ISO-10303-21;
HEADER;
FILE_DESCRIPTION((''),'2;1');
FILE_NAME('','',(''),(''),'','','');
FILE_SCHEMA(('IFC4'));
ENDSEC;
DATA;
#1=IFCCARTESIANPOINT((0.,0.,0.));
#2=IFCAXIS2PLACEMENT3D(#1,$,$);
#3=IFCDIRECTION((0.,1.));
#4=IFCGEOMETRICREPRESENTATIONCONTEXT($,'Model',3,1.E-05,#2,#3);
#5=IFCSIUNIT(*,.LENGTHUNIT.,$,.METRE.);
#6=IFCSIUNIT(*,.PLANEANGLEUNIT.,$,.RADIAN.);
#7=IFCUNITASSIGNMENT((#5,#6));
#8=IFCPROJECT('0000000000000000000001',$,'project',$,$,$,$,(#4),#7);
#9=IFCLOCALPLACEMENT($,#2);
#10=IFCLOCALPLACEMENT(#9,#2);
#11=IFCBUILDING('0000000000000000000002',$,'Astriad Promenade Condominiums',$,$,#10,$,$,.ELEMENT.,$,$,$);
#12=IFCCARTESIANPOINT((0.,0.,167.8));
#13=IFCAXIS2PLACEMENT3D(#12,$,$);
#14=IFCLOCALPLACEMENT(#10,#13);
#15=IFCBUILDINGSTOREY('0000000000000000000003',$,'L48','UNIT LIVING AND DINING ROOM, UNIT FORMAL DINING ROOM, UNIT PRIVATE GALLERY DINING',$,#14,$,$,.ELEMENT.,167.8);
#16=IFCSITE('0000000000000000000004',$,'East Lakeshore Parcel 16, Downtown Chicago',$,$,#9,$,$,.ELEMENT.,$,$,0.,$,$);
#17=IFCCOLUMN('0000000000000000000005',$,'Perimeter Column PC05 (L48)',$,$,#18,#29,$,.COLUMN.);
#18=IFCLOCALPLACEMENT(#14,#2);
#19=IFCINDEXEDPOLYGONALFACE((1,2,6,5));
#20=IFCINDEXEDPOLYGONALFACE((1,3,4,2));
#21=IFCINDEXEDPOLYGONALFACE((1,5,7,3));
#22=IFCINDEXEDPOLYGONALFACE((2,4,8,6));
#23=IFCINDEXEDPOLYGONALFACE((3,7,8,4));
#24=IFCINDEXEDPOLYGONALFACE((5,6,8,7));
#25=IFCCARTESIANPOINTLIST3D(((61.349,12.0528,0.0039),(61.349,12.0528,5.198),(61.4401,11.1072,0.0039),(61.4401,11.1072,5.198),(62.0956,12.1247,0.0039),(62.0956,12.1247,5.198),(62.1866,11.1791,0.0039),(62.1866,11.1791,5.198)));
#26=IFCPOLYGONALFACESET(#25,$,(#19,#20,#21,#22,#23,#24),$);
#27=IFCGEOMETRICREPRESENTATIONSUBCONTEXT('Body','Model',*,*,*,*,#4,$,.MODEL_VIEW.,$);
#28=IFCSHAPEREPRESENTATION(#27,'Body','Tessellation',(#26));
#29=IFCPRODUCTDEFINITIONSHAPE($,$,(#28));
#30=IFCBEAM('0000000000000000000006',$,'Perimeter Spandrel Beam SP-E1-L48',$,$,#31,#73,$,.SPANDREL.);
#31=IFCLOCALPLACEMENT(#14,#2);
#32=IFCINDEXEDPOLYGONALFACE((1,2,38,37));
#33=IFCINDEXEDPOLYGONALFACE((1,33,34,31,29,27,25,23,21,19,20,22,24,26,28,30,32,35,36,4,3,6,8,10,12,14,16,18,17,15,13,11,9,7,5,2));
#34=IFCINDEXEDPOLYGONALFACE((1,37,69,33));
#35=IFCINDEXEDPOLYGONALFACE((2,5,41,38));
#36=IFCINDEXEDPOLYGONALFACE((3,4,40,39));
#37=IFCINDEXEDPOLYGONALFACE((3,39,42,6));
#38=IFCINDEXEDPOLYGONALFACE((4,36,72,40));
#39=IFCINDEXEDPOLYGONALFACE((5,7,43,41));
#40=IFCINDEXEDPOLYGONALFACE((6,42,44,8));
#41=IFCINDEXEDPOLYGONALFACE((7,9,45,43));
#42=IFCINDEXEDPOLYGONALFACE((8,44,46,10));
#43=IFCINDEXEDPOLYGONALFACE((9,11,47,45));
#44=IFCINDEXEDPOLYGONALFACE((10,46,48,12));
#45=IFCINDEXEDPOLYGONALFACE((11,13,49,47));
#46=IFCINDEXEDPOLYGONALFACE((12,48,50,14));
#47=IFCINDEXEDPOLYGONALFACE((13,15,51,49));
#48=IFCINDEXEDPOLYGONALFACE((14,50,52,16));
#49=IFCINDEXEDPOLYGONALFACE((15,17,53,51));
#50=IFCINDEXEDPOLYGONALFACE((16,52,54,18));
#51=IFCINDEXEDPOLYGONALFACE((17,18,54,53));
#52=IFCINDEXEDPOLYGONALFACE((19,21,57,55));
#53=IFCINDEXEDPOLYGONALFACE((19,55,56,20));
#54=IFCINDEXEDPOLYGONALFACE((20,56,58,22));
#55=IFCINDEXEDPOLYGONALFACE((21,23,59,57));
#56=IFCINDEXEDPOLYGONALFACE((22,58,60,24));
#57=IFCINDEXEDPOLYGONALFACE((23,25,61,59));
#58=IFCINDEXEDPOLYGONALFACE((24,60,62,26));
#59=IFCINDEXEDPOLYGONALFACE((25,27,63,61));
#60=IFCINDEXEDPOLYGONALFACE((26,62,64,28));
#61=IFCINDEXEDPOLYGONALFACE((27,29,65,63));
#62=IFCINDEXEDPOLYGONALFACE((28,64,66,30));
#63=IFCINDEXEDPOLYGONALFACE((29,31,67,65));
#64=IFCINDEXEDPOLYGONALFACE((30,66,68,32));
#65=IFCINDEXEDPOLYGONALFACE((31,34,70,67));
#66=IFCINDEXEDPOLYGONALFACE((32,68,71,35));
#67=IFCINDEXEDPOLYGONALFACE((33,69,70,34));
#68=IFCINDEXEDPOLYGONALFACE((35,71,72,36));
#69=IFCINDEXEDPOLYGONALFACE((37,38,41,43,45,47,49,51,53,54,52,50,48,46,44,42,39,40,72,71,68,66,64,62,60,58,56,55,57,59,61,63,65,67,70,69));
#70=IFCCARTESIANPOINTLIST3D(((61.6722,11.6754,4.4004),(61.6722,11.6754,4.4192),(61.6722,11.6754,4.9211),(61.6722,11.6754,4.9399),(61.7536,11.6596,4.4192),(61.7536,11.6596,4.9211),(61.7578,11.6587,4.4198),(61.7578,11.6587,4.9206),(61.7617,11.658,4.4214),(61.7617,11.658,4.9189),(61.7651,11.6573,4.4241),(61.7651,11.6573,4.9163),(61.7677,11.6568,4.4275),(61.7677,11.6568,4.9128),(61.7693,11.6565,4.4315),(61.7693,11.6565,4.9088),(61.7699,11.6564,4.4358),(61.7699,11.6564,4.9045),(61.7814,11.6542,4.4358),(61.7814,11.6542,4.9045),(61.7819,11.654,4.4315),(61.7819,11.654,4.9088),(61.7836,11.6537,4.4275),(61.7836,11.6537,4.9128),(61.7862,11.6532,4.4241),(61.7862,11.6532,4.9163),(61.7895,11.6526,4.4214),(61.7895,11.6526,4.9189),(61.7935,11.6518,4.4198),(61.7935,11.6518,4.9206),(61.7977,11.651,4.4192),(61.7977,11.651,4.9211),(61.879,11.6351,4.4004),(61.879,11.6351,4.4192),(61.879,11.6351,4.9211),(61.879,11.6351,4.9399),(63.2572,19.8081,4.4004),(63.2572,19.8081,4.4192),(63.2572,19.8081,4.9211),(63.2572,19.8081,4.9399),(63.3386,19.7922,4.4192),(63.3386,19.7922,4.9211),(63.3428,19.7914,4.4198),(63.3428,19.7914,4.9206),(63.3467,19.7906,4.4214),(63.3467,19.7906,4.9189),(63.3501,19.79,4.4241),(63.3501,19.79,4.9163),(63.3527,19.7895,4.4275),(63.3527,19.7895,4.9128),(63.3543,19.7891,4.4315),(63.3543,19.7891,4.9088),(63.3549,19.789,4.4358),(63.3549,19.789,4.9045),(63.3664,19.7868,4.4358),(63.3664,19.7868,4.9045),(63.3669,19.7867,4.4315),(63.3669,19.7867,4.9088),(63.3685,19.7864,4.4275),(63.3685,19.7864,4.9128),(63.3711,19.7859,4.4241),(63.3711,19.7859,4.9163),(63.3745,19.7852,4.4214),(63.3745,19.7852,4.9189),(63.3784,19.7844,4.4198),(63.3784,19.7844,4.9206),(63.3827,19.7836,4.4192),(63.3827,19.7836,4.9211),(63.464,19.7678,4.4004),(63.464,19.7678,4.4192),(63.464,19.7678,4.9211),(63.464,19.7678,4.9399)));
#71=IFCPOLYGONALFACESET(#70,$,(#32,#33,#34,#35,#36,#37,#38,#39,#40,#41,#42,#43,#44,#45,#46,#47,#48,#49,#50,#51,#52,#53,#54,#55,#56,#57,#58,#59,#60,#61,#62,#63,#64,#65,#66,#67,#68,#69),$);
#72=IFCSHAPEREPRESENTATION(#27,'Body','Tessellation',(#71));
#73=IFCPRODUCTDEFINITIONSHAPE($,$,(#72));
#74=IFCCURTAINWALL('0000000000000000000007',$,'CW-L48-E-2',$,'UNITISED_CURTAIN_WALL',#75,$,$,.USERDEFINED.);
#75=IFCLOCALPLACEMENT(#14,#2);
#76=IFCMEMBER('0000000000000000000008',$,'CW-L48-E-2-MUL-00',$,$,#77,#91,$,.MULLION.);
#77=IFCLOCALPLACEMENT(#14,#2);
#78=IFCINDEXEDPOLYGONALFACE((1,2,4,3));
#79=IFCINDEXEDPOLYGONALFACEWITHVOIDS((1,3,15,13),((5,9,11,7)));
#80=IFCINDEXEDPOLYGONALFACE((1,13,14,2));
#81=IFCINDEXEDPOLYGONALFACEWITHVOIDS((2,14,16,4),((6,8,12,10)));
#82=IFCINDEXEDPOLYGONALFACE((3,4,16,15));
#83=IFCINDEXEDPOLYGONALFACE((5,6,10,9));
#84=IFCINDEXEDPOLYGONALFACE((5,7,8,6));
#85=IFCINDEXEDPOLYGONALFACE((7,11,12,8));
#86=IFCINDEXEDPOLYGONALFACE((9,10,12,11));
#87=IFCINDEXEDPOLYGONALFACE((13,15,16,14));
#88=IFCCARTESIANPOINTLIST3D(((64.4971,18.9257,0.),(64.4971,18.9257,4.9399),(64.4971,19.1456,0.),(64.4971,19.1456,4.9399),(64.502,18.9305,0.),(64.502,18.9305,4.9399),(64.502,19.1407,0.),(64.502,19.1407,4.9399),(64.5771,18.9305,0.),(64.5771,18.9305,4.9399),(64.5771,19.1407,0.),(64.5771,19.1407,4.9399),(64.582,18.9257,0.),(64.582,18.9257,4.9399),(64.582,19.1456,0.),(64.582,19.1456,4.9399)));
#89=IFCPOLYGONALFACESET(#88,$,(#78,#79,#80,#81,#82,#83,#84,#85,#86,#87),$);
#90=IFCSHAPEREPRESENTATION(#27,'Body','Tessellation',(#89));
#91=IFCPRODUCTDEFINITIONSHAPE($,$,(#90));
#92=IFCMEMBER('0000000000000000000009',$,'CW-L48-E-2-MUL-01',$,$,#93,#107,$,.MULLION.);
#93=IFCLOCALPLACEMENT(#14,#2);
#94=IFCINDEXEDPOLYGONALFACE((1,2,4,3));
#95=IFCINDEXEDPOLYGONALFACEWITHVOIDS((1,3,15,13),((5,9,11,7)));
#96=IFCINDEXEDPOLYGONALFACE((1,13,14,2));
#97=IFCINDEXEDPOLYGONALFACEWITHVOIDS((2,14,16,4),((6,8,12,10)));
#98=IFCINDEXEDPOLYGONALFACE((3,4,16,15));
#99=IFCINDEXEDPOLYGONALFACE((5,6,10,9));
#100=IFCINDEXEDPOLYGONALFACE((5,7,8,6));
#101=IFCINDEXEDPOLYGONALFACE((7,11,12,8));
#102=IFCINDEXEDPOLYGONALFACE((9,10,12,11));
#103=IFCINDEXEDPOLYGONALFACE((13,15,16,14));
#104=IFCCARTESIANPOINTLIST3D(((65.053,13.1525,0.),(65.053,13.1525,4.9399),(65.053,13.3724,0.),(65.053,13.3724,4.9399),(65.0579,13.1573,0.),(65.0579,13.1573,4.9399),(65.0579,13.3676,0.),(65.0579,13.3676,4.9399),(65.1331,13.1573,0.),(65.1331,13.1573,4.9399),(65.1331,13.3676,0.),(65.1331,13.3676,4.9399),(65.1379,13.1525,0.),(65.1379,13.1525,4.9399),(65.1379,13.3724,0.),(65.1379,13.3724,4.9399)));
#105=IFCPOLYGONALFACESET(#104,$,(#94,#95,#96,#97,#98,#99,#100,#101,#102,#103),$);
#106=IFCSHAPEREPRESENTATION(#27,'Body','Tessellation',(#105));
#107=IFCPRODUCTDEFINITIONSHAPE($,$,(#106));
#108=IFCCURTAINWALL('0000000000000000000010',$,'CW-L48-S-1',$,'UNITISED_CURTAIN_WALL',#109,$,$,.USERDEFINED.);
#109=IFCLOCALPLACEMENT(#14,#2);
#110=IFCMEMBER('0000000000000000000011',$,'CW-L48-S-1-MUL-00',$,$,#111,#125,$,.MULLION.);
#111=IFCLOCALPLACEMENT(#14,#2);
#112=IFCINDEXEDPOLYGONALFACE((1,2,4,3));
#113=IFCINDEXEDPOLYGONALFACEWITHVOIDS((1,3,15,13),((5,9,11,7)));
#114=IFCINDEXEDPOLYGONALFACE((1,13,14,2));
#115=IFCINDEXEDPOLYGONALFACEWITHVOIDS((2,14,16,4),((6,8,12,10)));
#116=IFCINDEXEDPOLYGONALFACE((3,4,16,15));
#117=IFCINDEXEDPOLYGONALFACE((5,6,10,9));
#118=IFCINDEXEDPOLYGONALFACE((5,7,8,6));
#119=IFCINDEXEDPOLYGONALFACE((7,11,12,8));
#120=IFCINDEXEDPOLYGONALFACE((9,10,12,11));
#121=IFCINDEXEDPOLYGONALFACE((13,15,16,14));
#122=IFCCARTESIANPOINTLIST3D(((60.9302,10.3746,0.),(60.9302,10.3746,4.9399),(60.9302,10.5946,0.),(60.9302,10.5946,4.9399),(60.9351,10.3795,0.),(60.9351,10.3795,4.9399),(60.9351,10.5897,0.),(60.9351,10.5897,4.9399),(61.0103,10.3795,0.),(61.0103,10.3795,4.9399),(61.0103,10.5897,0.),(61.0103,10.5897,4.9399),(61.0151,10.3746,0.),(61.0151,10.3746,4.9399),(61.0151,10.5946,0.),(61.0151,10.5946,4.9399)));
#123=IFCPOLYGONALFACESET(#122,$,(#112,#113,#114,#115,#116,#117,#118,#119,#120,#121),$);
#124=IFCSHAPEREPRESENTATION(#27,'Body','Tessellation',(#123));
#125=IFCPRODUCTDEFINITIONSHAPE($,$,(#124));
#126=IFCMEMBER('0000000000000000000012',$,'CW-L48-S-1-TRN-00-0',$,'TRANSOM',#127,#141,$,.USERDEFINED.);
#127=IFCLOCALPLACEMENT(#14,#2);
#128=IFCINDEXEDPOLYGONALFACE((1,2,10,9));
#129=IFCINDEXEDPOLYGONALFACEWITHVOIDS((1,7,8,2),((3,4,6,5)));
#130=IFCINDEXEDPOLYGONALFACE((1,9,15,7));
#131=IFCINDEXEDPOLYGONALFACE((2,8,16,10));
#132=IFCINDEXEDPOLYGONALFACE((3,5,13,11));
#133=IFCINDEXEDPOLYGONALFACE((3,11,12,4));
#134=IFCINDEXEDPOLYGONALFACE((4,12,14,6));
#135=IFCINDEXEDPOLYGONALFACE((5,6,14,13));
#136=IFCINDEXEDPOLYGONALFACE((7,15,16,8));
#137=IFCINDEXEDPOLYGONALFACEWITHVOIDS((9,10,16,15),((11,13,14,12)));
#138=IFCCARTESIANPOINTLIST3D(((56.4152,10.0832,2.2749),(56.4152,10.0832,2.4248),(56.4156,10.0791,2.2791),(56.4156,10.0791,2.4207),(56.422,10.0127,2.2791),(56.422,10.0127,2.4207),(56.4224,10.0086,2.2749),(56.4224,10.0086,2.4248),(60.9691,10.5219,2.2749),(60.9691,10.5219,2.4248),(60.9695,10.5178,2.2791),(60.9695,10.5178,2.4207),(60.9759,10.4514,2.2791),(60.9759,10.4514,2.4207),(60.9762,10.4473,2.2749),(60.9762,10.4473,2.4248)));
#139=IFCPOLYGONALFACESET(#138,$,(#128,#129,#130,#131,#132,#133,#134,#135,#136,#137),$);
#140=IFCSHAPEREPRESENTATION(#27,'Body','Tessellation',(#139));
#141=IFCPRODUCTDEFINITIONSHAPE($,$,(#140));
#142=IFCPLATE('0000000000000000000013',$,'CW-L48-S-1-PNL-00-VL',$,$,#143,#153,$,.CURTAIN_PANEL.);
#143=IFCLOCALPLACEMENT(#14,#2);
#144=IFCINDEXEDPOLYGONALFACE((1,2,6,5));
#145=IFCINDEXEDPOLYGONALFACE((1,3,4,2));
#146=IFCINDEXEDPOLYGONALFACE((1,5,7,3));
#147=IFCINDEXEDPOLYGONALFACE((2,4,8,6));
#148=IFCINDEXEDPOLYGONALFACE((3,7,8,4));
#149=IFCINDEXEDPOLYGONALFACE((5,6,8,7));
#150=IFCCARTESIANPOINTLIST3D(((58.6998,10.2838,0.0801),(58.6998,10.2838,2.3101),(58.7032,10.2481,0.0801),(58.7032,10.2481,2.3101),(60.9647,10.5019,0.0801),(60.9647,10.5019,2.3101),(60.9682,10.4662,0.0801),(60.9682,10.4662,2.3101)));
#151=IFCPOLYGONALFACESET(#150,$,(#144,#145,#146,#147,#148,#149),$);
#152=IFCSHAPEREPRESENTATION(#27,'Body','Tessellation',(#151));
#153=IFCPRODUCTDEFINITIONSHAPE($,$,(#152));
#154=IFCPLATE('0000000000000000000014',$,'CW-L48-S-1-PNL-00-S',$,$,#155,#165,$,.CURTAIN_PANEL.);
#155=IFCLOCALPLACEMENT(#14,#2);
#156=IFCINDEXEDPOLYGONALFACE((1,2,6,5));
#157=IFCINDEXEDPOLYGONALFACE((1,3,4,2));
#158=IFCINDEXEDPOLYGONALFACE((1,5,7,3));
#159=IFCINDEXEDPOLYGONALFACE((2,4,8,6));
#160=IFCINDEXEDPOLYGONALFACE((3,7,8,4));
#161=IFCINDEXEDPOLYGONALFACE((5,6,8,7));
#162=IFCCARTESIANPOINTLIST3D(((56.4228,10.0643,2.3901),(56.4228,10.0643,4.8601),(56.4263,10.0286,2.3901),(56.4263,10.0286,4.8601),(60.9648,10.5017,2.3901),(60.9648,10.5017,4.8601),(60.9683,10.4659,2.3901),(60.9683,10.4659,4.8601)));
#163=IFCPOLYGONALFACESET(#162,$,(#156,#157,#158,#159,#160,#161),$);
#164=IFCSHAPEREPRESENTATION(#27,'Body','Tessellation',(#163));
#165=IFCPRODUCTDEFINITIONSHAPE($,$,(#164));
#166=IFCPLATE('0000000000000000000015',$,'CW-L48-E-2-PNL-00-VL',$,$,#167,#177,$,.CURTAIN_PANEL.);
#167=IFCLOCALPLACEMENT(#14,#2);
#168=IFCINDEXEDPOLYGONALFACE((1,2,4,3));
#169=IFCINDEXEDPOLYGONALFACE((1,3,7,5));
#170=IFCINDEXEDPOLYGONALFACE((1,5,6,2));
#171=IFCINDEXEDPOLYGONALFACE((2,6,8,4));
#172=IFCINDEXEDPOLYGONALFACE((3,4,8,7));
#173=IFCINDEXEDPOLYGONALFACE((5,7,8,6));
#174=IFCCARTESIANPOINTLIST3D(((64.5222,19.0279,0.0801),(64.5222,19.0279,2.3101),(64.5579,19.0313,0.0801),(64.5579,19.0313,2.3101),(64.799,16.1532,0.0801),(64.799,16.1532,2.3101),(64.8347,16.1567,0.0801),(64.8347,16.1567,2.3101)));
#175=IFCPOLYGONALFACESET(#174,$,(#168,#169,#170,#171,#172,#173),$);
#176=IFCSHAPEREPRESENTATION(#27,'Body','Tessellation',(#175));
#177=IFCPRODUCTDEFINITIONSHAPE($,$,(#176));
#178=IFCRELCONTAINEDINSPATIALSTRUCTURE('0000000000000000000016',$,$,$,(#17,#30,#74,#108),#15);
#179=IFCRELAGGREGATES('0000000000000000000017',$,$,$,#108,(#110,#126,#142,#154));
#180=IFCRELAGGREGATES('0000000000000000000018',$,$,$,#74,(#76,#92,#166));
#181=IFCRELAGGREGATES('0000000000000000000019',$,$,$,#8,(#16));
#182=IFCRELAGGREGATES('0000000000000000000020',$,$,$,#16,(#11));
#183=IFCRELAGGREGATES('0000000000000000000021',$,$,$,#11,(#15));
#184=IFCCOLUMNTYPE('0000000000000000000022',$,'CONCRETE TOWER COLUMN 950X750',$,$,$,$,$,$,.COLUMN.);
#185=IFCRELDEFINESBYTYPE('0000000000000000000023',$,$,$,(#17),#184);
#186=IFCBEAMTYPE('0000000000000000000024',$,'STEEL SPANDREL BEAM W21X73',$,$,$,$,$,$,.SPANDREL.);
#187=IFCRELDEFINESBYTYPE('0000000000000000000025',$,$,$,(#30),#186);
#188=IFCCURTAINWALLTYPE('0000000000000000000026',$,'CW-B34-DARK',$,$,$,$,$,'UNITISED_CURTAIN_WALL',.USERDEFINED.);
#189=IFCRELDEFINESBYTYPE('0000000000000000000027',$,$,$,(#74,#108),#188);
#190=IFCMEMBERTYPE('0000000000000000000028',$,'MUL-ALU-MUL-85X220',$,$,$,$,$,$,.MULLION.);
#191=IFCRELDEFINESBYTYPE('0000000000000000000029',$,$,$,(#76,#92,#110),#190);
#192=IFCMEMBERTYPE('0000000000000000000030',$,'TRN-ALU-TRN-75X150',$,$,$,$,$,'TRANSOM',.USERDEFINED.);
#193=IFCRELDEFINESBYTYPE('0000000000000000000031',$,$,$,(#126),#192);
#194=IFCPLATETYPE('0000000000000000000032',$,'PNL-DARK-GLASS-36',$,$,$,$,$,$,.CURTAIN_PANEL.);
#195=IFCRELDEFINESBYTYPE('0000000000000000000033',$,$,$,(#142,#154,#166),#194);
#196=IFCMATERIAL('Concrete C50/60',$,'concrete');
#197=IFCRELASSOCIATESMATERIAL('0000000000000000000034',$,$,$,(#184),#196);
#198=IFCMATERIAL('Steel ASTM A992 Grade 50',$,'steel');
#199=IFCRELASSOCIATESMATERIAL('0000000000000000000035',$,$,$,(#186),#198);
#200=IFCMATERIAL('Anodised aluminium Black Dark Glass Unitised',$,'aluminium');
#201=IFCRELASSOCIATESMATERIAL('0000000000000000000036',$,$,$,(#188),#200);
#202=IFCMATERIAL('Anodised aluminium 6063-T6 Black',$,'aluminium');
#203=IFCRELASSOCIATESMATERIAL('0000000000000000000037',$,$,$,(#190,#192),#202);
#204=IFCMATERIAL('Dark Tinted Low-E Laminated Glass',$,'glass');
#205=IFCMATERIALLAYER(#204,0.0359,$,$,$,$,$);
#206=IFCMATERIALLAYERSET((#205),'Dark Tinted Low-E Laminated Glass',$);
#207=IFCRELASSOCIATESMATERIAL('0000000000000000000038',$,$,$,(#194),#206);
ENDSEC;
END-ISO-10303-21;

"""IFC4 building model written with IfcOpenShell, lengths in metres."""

from ifc_helpers import new_model, si_unit, direction, frame, origin, origin_2d, place, context, subcontext, project, spatial, rectangle, hollow_rectangle, i_section, extrude, source, transform, mapped, material, layer, layer_set, material_profile, profile_set, type_object, type_shapes, element, aggregate, save


model = new_model("IFC4")

# Units and contexts
model_context = context("Model", 3, precision=1e-05, world=origin(), true_north=direction((0.0, 1.0)))
body_context = subcontext(model_context, "Body", "Model", "MODEL_VIEW")
ifc_project = project(units=[si_unit("LENGTHUNIT", "METRE"), si_unit("PLANEANGLEUNIT", "RADIAN")], contexts=[model_context])

# Site, building, storey
site_placement = place(None, origin())
site = spatial("IfcSite", under=ifc_project, at=site_placement, Name="East Lakeshore Parcel 16, Downtown Chicago", CompositionType="ELEMENT", RefElevation=0.0)
building_placement = place(site_placement, origin())
building = spatial("IfcBuilding", under=site, at=building_placement, Name="Astriad Promenade Condominiums", CompositionType="ELEMENT")
storey_placement = place(building_placement, frame((0.0, 0.0, 167.8)))
storey = spatial("IfcBuildingStorey", under=building, at=storey_placement, Name="L48", Description="UNIT LIVING AND DINING ROOM, UNIT FORMAL DINING ROOM, UNIT PRIVATE GALLERY DINING", CompositionType="ELEMENT", Elevation=167.8)

# Column
ifc_material_1 = material(Name="Concrete C50/60", Category="concrete")
ifc_material_profile_1 = material_profile(ifc_material_1, rectangle(XDim=0.75, YDim=0.95, at=origin_2d()), Name="RC-COL-950X750")
ifc_profile_set_1 = profile_set([ifc_material_profile_1], Name="Concrete C50/60")
column_type = type_object("IfcColumnType", Name="CONCRETE TOWER COLUMN 950X750", PredefinedType="COLUMN", material=ifc_profile_set_1)
shared_shape_1 = source(origin(), body_context, "Body", "SweptSolid", [
    extrude(rectangle(XDim=0.75, YDim=0.95, at=origin_2d()), origin(), (0.0, 0.0, 1.0), 5.1941),
])
type_shapes(column_type, [shared_shape_1])
column_placement = place(storey_placement, frame((61.7678, 11.616, 0.0039), z_axis=(0.0, 0.0, 1.0), x_axis=(0.995396, 0.095846, 0.0)))
element("IfcColumn", 1, at=column_placement, inside=storey, type_object=column_type, Name="Perimeter Column PC05 (L48)", PredefinedType="COLUMN", context=body_context, shape_type="MappedRepresentation", body=[
    mapped(shared_shape_1, transform((0.0, 0.0, 0.0), scale=1.0)),
])

# Beam
ifc_material_2 = material(Name="Steel ASTM A992 Grade 50", Category="steel")
ifc_material_profile_2 = material_profile(ifc_material_2, i_section(OverallWidth=0.2107, OverallDepth=0.5396, WebThickness=0.0117, FlangeThickness=0.0188, FilletRadius=0.0166, at=origin_2d()), Name="W21X73")
ifc_profile_set_2 = profile_set([ifc_material_profile_2], Name="Steel ASTM A992 Grade 50")
beam_type = type_object("IfcBeamType", Name="STEEL SPANDREL BEAM W21X73", PredefinedType="SPANDREL", material=ifc_profile_set_2)
shared_shape_2 = source(origin(), body_context, "Body", "SweptSolid", [
    extrude(i_section(OverallWidth=0.2107, OverallDepth=0.5396, WebThickness=0.0117, FlangeThickness=0.0188, FilletRadius=0.0166, at=origin_2d()), origin(), (0.0, 0.0, 1.0), 8.2856),
])
type_shapes(beam_type, [shared_shape_2])
beam_placement = place(storey_placement, frame((61.7756, 11.6553, 4.6702), z_axis=(0.191292, 0.981533, 0.0), x_axis=(-0.981533, 0.191292, 0.0)))
element("IfcBeam", 2, at=beam_placement, inside=storey, type_object=beam_type, Name="Perimeter Spandrel Beam SP-E1-L48", PredefinedType="SPANDREL", context=body_context, shape_type="MappedRepresentation", body=[
    mapped(shared_shape_2, transform((0.0, 0.0, 0.0), scale=1.0)),
])

# Curtain wall, members
ifc_material_3 = material(Name="Anodised aluminium Black Dark Glass Unitised", Category="aluminium")
curtain_wall_type = type_object("IfcCurtainWallType", Name="CW-B34-DARK", ElementType="UNITISED_CURTAIN_WALL", PredefinedType="USERDEFINED", material=ifc_material_3)
curtain_wall_1_placement = place(storey_placement, origin())
curtain_wall_1 = element("IfcCurtainWall", 3, at=curtain_wall_1_placement, inside=storey, type_object=curtain_wall_type, Name="CW-L48-E-2", ObjectType="UNITISED_CURTAIN_WALL", PredefinedType="USERDEFINED")
ifc_material_4 = material(Name="Anodised aluminium 6063-T6 Black", Category="aluminium")
ifc_material_profile_3 = material_profile(ifc_material_4, hollow_rectangle(XDim=0.085, YDim=0.22, WallThickness=0.0049, at=origin_2d()), Name="ALU-MUL-85X220")
ifc_profile_set_3 = profile_set([ifc_material_profile_3], Name="Anodised aluminium 6063-T6 Black")
member_type_1 = type_object("IfcMemberType", Name="MUL-ALU-MUL-85X220", PredefinedType="MULLION", material=ifc_profile_set_3)
shared_shape_3 = source(origin(), body_context, "Body", "SweptSolid", [
    extrude(hollow_rectangle(XDim=0.085, YDim=0.22, WallThickness=0.0049, at=origin_2d()), origin(), (0.0, 0.0, 1.0), 4.9399),
])
type_shapes(member_type_1, [shared_shape_3])
member_1_placement = place(storey_placement, frame((64.5396, 19.0356, 0.0), z_axis=(0.0, 0.0, 1.0), x_axis=(1.0, 0.0, 0.0)))
member_1 = element("IfcMember", 4, at=member_1_placement, type_object=member_type_1, Name="CW-L48-E-2-MUL-00", PredefinedType="MULLION", context=body_context, shape_type="MappedRepresentation", body=[
    mapped(shared_shape_3, transform((0.0, 0.0, 0.0), scale=1.0)),
])
member_2_placement = place(storey_placement, frame((65.0955, 13.2625, 0.0), z_axis=(0.0, 0.0, 1.0), x_axis=(1.0, 0.0, 0.0)))
member_2 = element("IfcMember", 5, at=member_2_placement, type_object=member_type_1, Name="CW-L48-E-2-MUL-01", PredefinedType="MULLION", context=body_context, shape_type="MappedRepresentation", body=[
    mapped(shared_shape_3, transform((0.0, 0.0, 0.0), scale=1.0)),
])

# Curtain wall, members, plates
curtain_wall_2_placement = place(storey_placement, origin())
curtain_wall_2 = element("IfcCurtainWall", 6, at=curtain_wall_2_placement, inside=storey, type_object=curtain_wall_type, Name="CW-L48-S-1", ObjectType="UNITISED_CURTAIN_WALL", PredefinedType="USERDEFINED")
member_3_placement = place(storey_placement, frame((60.9727, 10.4846, 0.0), z_axis=(0.0, 0.0, 1.0), x_axis=(1.0, 0.0, 0.0)))
member_3 = element("IfcMember", 7, at=member_3_placement, type_object=member_type_1, Name="CW-L48-S-1-MUL-00", PredefinedType="MULLION", context=body_context, shape_type="MappedRepresentation", body=[
    mapped(shared_shape_3, transform((0.0, 0.0, 0.0), scale=1.0)),
])
ifc_material_profile_4 = material_profile(ifc_material_4, hollow_rectangle(XDim=0.075, YDim=0.1499, WallThickness=0.0042, at=origin_2d()), Name="ALU-TRN-75X150")
ifc_profile_set_4 = profile_set([ifc_material_profile_4], Name="Anodised aluminium 6063-T6 Black")
member_type_2 = type_object("IfcMemberType", Name="TRN-ALU-TRN-75X150", ElementType="TRANSOM", PredefinedType="USERDEFINED", material=ifc_profile_set_4)
shared_shape_4 = source(origin(), body_context, "Body", "SweptSolid", [
    extrude(hollow_rectangle(XDim=0.075, YDim=0.1499, WallThickness=0.0042, at=origin_2d()), origin(), (0.0, 0.0, 1.0), 4.575),
])
type_shapes(member_type_2, [shared_shape_4])
member_4_placement = place(storey_placement, frame((60.9727, 10.4846, 2.3499), z_axis=(-0.995392, -0.095894, 0.0), x_axis=(0.095894, -0.995392, 0.0)))
member_4 = element("IfcMember", 8, at=member_4_placement, type_object=member_type_2, Name="CW-L48-S-1-TRN-00-0", ObjectType="TRANSOM", PredefinedType="USERDEFINED", context=body_context, shape_type="MappedRepresentation", body=[
    mapped(shared_shape_4, transform((0.0, 0.0, 0.0), scale=1.0)),
])
ifc_material_5 = material(Name="Dark Tinted Low-E Laminated Glass", Category="glass")
ifc_layer_1 = layer(ifc_material_5, 0.0359)
ifc_layer_set_1 = layer_set([ifc_layer_1], Name="Dark Tinted Low-E Laminated Glass")
plate_type = type_object("IfcPlateType", Name="PNL-DARK-GLASS-36", PredefinedType="CURTAIN_PANEL", material=ifc_layer_set_1)
shared_shape_5 = source(origin(), body_context, "Body", "SweptSolid", [
    extrude(rectangle(XDim=2.2754, YDim=0.0359, at=origin_2d()), origin(), (0.0, 0.0, 1.0), 2.23),
])
plate_1_placement = place(storey_placement, frame((59.834, 10.375, 0.0801), z_axis=(0.0, 0.0, 1.0), x_axis=(-0.995396, -0.095846, 0.0)))
plate_1 = element("IfcPlate", 9, at=plate_1_placement, type_object=plate_type, Name="CW-L48-S-1-PNL-00-VL", PredefinedType="CURTAIN_PANEL", context=body_context, shape_type="MappedRepresentation", body=[
    mapped(shared_shape_5, transform((0.0, 0.0, 0.0), scale=1.0)),
])
shared_shape_6 = source(origin(), body_context, "Body", "SweptSolid", [
    extrude(rectangle(XDim=4.563, YDim=0.0359, at=origin_2d()), origin(), (0.0, 0.0, 1.0), 2.47),
])
plate_2_placement = place(storey_placement, frame((58.6956, 10.2651, 2.3901), z_axis=(0.0, 0.0, 1.0), x_axis=(-0.995396, -0.095846, 0.0)))
plate_2 = element("IfcPlate", 10, at=plate_2_placement, type_object=plate_type, Name="CW-L48-S-1-PNL-00-S", PredefinedType="CURTAIN_PANEL", context=body_context, shape_type="MappedRepresentation", body=[
    mapped(shared_shape_6, transform((0.0, 0.0, 0.0), scale=1.0)),
])
aggregate(curtain_wall_2, [member_3, member_4, plate_1, plate_2])

# Plate
shared_shape_7 = source(origin(), body_context, "Body", "SweptSolid", [
    extrude(rectangle(XDim=2.8879, YDim=0.0359, at=origin_2d()), origin(), (0.0, 0.0, 1.0), 2.23),
])
plate_3_placement = place(storey_placement, frame((64.6785, 17.5923, 0.0801), z_axis=(0.0, 0.0, 1.0), x_axis=(0.095846, -0.995396, 0.0)))
plate_3 = element("IfcPlate", 11, at=plate_3_placement, type_object=plate_type, Name="CW-L48-E-2-PNL-00-VL", PredefinedType="CURTAIN_PANEL", context=body_context, shape_type="MappedRepresentation", body=[
    mapped(shared_shape_7, transform((0.0, 0.0, 0.0), scale=1.0)),
])
aggregate(curtain_wall_1, [member_1, member_2, plate_3])

save(model, "model.ifc")
